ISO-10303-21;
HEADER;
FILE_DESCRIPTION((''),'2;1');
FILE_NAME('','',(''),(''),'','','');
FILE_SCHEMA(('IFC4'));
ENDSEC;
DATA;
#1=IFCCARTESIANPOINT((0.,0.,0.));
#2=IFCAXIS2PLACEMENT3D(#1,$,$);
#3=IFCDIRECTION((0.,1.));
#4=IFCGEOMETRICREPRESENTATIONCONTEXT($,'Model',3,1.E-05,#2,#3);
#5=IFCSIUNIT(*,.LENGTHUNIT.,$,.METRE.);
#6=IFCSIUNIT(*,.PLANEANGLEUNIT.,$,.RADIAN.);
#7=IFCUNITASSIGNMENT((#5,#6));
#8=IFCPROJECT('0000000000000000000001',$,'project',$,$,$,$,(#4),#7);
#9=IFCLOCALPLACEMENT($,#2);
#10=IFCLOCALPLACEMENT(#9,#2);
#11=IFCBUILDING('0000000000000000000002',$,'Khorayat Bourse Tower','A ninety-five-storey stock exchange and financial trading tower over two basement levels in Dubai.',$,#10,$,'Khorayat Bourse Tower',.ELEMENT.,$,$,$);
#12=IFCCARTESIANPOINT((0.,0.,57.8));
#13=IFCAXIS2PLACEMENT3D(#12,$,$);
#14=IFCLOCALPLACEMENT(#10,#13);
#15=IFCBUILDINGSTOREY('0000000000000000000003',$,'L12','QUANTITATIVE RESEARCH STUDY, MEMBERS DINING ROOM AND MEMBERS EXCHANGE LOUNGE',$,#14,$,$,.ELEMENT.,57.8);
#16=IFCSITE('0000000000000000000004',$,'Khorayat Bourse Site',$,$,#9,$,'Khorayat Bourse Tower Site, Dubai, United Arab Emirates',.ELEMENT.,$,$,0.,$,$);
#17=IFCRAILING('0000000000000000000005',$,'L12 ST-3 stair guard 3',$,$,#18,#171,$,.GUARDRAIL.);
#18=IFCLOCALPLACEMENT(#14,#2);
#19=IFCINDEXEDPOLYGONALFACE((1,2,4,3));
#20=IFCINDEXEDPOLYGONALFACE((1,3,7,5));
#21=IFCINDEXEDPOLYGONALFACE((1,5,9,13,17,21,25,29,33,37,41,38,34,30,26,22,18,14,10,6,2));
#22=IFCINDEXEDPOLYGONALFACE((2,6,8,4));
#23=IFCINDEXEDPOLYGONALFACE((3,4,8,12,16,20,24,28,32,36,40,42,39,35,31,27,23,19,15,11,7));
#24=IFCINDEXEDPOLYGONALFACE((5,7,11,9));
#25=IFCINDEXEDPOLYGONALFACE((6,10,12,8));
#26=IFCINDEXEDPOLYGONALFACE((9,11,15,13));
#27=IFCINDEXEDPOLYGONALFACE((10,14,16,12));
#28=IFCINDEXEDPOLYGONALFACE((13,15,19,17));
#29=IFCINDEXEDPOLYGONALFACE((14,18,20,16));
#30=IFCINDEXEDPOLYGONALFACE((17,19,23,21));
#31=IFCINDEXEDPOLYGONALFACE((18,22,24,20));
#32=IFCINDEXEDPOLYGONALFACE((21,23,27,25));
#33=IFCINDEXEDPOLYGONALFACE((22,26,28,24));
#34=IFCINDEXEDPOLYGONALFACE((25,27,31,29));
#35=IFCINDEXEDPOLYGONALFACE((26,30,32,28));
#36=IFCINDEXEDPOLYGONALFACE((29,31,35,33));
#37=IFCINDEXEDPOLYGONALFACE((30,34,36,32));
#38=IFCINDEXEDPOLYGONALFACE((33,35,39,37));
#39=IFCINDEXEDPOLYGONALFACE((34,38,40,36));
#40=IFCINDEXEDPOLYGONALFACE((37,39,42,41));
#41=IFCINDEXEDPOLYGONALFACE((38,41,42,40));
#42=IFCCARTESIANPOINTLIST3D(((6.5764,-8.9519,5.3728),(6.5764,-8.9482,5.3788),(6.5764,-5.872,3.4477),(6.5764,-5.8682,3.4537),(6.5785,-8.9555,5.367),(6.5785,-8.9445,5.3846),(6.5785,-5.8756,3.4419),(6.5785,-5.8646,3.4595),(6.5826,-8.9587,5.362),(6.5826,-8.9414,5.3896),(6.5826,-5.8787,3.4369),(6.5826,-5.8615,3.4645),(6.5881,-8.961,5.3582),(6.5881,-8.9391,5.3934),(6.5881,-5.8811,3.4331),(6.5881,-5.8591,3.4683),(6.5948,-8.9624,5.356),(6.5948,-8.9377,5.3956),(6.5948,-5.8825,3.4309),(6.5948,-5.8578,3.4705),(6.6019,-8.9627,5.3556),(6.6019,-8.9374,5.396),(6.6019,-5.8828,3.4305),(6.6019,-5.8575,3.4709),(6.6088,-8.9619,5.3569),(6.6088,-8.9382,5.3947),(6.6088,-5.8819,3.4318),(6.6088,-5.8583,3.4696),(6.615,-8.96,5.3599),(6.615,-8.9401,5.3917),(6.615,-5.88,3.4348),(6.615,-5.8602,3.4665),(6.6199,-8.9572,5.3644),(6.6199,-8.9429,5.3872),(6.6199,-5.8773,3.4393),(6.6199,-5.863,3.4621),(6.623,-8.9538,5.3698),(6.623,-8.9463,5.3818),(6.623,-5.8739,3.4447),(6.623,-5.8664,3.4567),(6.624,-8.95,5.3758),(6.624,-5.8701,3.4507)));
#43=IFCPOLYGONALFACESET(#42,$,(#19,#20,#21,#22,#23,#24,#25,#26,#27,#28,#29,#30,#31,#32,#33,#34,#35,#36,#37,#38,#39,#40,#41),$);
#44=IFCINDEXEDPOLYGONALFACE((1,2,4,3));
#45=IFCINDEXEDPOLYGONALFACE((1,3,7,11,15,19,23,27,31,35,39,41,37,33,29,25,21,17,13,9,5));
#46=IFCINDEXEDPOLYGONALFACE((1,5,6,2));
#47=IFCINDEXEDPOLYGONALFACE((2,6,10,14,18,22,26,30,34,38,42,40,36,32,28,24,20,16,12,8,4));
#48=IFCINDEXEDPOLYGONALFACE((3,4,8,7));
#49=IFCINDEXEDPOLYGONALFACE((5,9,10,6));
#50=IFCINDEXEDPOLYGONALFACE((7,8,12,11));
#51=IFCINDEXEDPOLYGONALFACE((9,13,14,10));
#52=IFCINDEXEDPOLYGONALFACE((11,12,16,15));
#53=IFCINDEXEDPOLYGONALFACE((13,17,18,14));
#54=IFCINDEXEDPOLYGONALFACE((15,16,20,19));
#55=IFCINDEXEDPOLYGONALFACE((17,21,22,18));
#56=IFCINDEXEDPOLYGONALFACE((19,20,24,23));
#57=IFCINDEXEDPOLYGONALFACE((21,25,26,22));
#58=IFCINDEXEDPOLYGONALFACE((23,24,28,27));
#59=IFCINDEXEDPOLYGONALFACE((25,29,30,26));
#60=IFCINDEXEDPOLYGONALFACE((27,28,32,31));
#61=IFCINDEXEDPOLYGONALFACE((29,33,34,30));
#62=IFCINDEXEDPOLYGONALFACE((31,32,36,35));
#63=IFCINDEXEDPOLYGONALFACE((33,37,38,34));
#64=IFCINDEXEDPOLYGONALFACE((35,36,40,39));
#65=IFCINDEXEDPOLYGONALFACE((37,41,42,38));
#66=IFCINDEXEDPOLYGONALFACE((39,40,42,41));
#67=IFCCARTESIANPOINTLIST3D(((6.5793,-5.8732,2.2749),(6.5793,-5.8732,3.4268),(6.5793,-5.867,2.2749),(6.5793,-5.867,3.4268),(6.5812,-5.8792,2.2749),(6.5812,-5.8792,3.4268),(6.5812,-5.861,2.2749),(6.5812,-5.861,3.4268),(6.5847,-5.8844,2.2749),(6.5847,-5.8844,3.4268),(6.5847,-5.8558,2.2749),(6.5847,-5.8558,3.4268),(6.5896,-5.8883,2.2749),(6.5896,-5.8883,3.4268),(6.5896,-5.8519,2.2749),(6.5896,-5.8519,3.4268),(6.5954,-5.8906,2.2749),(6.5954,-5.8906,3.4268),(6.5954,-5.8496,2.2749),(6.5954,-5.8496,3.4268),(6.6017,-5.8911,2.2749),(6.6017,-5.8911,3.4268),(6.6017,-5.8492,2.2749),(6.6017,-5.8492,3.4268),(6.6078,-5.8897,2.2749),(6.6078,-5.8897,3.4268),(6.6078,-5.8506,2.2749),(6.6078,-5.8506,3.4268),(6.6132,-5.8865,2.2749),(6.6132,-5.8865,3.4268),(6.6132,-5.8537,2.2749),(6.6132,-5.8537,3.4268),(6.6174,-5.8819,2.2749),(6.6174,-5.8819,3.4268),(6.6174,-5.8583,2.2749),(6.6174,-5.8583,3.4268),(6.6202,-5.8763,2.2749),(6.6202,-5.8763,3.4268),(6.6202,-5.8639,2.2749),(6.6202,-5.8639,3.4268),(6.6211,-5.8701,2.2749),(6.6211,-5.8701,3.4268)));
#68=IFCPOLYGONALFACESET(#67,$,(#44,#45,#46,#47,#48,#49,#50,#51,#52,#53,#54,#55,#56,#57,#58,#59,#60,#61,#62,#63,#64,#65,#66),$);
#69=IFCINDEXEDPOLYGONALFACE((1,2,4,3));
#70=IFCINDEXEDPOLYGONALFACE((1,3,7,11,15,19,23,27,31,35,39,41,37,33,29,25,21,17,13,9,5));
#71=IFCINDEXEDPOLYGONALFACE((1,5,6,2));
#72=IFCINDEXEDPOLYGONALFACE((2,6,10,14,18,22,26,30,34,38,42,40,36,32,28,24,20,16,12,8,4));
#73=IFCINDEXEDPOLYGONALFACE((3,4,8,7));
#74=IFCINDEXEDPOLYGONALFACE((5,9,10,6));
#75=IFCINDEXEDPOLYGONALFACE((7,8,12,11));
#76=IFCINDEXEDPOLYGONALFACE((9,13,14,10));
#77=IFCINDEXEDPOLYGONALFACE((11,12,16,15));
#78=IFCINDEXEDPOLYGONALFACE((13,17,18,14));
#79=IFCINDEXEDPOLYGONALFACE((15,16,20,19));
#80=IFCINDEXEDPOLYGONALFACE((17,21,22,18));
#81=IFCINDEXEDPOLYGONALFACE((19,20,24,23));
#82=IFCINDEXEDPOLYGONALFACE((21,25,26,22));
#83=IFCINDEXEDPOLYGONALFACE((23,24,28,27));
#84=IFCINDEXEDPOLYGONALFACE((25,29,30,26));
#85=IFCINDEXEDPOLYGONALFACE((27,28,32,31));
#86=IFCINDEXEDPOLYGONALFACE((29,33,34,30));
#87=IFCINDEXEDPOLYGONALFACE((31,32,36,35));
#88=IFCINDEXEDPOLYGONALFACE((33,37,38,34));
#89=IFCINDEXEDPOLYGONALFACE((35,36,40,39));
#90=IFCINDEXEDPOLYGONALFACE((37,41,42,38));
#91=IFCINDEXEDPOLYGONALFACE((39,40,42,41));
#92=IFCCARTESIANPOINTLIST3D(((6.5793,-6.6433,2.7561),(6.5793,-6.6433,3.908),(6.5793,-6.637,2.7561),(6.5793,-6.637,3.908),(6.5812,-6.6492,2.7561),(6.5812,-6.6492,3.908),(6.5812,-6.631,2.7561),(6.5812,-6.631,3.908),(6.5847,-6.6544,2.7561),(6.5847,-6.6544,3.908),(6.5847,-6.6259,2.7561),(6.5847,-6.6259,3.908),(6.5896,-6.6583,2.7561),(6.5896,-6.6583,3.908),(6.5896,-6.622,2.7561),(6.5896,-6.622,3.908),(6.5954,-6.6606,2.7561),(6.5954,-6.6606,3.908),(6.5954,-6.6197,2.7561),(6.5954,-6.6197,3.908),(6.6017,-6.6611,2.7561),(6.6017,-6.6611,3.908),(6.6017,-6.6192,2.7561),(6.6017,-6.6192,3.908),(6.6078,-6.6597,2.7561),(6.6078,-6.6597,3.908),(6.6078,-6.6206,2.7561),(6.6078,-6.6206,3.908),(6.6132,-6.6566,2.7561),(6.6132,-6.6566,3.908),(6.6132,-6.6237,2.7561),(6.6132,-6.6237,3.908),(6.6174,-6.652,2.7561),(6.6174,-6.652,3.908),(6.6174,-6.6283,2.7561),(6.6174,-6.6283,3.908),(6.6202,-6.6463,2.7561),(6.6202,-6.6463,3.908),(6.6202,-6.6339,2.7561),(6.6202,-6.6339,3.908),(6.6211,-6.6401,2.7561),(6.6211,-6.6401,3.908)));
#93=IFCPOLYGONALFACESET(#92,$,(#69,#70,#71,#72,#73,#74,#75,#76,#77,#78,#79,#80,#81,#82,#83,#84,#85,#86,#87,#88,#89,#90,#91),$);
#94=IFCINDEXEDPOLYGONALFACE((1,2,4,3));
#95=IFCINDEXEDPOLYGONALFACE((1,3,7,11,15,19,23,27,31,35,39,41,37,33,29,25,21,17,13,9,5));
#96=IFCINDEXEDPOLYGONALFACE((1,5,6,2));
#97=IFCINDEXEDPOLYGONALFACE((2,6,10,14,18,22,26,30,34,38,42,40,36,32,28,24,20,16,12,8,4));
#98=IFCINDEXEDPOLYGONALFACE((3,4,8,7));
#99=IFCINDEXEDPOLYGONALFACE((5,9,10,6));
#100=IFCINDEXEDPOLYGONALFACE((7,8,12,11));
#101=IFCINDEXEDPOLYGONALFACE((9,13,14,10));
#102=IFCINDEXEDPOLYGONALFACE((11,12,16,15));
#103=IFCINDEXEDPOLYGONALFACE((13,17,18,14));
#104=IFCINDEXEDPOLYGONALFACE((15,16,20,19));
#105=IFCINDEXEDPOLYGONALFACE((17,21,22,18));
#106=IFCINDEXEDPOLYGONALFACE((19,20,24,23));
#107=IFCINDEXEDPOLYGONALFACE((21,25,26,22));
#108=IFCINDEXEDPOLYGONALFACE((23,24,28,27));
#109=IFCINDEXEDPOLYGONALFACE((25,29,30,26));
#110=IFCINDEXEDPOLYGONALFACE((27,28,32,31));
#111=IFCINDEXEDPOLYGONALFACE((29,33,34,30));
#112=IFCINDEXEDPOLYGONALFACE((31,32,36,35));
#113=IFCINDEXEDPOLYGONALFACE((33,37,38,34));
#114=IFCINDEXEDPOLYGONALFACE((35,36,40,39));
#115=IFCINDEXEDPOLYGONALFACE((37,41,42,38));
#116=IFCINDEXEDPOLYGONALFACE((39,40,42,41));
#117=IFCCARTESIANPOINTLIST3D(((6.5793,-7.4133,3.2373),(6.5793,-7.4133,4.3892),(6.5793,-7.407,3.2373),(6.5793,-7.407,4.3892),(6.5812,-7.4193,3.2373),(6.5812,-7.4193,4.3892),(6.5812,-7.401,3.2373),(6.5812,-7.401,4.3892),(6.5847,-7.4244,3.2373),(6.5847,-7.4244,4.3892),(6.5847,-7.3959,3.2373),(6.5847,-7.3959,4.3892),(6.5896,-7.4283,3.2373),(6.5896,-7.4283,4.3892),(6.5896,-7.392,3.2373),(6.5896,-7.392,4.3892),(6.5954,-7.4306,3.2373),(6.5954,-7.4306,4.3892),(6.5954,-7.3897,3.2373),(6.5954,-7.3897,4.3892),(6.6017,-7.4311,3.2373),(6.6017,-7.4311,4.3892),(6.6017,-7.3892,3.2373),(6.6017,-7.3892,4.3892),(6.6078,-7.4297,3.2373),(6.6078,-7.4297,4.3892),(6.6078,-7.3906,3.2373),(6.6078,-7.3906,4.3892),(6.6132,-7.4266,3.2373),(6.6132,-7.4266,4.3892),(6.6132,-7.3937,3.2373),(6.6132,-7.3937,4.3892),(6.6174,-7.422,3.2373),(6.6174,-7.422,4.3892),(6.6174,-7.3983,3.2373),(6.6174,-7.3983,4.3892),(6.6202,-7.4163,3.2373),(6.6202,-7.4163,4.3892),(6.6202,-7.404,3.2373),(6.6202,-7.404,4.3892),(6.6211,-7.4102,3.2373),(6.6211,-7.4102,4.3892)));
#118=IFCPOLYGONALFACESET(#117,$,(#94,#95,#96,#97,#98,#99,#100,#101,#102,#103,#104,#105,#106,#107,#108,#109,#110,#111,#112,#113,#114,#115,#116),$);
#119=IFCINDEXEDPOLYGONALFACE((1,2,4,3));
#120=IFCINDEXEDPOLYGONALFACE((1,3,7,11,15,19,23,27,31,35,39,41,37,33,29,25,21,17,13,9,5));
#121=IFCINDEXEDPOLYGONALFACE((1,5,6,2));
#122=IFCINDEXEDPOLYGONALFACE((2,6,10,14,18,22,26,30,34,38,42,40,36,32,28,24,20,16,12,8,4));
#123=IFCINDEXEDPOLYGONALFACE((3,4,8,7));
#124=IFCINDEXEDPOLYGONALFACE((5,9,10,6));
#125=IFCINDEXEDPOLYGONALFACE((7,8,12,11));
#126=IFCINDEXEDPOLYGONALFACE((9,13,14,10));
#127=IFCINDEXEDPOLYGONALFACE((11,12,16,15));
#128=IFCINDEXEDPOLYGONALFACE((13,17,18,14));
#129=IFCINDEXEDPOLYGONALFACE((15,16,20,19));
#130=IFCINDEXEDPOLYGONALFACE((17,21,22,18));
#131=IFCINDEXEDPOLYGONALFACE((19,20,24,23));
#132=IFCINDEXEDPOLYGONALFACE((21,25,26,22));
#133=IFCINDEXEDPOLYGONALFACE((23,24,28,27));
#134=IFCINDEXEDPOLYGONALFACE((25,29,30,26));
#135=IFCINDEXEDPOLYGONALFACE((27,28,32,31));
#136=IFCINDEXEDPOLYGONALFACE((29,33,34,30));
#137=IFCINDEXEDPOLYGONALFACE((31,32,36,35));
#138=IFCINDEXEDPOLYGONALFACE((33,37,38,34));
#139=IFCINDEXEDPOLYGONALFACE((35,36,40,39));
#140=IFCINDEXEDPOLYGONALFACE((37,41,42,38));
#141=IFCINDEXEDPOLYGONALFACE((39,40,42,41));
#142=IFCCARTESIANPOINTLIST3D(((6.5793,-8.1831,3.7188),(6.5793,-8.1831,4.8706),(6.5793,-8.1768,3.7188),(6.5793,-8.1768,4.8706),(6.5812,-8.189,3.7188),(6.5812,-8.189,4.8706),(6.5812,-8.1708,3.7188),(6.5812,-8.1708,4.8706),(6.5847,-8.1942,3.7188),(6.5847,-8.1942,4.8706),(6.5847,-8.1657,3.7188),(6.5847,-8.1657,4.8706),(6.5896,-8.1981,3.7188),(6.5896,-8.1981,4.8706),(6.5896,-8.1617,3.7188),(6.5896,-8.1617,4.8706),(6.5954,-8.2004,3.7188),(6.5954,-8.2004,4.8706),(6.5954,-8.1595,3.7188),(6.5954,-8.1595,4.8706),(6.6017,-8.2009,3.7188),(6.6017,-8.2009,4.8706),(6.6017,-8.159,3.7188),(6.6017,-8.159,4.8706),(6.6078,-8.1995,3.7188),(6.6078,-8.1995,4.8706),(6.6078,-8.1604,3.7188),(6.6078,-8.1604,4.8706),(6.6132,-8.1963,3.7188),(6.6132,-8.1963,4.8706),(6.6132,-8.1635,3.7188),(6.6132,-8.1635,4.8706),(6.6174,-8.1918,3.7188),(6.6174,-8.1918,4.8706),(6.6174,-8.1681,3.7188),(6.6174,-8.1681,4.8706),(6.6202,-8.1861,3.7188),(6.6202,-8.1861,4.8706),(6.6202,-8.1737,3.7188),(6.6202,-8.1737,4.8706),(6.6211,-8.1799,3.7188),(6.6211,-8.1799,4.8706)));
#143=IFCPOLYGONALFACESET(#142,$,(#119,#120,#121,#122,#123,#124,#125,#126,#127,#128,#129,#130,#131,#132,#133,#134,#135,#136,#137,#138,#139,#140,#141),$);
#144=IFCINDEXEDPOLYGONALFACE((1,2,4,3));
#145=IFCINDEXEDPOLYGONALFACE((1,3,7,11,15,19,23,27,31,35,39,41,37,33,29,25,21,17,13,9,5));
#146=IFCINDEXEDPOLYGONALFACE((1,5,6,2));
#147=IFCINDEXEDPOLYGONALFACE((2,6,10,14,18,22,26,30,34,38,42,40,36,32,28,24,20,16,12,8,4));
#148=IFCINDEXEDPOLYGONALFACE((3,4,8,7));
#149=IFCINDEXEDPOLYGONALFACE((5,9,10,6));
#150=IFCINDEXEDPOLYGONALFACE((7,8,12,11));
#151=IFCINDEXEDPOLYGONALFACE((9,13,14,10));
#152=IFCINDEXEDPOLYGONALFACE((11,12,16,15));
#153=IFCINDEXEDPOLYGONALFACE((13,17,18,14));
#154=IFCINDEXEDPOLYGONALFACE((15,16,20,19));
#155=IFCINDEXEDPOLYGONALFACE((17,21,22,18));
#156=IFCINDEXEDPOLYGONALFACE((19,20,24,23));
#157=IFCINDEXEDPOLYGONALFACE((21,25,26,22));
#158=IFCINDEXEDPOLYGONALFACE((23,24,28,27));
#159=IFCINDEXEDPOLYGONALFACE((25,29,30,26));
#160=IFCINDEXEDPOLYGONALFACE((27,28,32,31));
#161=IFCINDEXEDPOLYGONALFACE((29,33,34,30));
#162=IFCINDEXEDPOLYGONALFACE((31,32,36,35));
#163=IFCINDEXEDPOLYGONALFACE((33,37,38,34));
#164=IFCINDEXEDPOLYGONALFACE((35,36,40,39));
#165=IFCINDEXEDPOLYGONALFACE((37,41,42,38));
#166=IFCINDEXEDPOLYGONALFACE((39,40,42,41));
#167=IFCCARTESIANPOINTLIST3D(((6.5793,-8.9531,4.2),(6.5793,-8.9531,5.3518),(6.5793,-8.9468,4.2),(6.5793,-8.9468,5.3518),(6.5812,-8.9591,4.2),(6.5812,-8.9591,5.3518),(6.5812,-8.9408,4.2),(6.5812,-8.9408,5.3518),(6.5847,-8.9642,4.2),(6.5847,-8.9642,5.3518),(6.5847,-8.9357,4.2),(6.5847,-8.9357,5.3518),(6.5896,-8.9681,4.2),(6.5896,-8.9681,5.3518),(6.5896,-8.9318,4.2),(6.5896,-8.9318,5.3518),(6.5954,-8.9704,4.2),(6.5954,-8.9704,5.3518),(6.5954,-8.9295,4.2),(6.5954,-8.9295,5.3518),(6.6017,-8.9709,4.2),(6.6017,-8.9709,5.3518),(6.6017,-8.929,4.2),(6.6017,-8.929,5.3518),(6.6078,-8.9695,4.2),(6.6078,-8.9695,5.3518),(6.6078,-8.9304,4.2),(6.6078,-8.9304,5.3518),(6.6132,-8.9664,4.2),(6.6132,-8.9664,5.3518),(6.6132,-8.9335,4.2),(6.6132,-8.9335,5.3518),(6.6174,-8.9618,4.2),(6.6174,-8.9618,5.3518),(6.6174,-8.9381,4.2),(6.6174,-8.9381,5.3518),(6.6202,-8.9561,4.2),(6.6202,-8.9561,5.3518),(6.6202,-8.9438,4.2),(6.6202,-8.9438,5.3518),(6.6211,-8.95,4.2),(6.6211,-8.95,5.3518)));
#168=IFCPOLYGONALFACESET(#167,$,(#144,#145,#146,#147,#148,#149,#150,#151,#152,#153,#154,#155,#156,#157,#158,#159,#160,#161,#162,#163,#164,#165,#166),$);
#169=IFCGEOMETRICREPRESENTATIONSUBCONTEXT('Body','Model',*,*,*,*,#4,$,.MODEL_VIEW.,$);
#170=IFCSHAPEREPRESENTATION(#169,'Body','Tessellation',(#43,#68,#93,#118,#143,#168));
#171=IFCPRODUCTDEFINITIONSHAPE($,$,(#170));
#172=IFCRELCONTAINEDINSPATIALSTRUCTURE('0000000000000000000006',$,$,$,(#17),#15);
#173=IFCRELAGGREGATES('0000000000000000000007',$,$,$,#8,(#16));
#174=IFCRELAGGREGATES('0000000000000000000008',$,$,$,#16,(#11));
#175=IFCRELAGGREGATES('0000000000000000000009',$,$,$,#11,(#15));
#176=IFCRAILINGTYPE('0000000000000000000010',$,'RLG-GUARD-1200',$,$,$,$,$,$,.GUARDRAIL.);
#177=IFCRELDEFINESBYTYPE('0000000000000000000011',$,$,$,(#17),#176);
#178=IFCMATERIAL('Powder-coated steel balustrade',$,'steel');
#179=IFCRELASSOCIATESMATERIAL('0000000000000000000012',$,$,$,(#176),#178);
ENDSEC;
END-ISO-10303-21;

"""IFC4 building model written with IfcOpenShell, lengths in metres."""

from ifc_helpers import new_model, si_unit, direction, frame, origin, origin_2d, place, context, subcontext, project, spatial, circle, extrude, source, transform, mapped, material, type_object, element, save


model = new_model("IFC4")

# Units and contexts
model_context = context("Model", 3, precision=1e-05, world=origin(), true_north=direction((0.0, 1.0)))
body_context = subcontext(model_context, "Body", "Model", "MODEL_VIEW")
ifc_project = project(units=[si_unit("LENGTHUNIT", "METRE"), si_unit("PLANEANGLEUNIT", "RADIAN")], contexts=[model_context])

# Site, building, storey
site_placement = place(None, origin())
site = spatial("IfcSite", under=ifc_project, at=site_placement, Name="Khorayat Bourse Site", LongName="Khorayat Bourse Tower Site, Dubai, United Arab Emirates", CompositionType="ELEMENT", RefElevation=0.0)
building_placement = place(site_placement, origin())
building = spatial("IfcBuilding", under=site, at=building_placement, Name="Khorayat Bourse Tower", Description="A ninety-five-storey stock exchange and financial trading tower over two basement levels in Dubai.", LongName="Khorayat Bourse Tower", CompositionType="ELEMENT")
storey_placement = place(building_placement, frame((0.0, 0.0, 57.8)))
storey = spatial("IfcBuildingStorey", under=building, at=storey_placement, Name="L12", Description="QUANTITATIVE RESEARCH STUDY, MEMBERS DINING ROOM AND MEMBERS EXCHANGE LOUNGE", CompositionType="ELEMENT", Elevation=57.8)

# Railing
ifc_material_1 = material(Name="Powder-coated steel balustrade", Category="steel")
railing_type_1 = type_object("IfcRailingType", Name="RLG-GUARD-1200", PredefinedType="GUARDRAIL", material=ifc_material_1)
shared_shape_1 = source(origin(), body_context, "Body", "SweptSolid", [
    extrude(circle(Radius=0.0239, at=origin_2d()), frame((0.0, 0.0, 1.1758), z_axis=(0.0, -0.847979, 0.530029), x_axis=(1.0, 0.0, 0.0)), (0.0, 0.0, 1.0), 3.6321),
    extrude(circle(Radius=0.021, at=origin_2d()), origin(), (0.0, 0.0, 1.0), 1.1519),
    extrude(circle(Radius=0.021, at=origin_2d()), frame((0.0, -0.77, 0.4812)), (0.0, 0.0, 1.0), 1.1519),
    extrude(circle(Radius=0.021, at=origin_2d()), frame((0.0, -1.54, 0.9624)), (0.0, 0.0, 1.0), 1.1519),
    extrude(circle(Radius=0.021, at=origin_2d()), frame((0.0, -2.3098, 1.4438)), (0.0, 0.0, 1.0), 1.1519),
    extrude(circle(Radius=0.021, at=origin_2d()), frame((0.0, -3.0798, 1.925)), (0.0, 0.0, 1.0), 1.1519),
])
railing_1_placement = place(storey_placement, frame((6.6001, -5.8701, 2.2749)))
element("IfcRailing", 1, at=railing_1_placement, inside=storey, type_object=railing_type_1, Name="L12 ST-3 stair guard 3", PredefinedType="GUARDRAIL", context=body_context, shape_type="MappedRepresentation", body=[
    mapped(shared_shape_1, transform((0.0, 0.0, 0.0), scale=1.0)),
])

save(model, "model.ifc")
